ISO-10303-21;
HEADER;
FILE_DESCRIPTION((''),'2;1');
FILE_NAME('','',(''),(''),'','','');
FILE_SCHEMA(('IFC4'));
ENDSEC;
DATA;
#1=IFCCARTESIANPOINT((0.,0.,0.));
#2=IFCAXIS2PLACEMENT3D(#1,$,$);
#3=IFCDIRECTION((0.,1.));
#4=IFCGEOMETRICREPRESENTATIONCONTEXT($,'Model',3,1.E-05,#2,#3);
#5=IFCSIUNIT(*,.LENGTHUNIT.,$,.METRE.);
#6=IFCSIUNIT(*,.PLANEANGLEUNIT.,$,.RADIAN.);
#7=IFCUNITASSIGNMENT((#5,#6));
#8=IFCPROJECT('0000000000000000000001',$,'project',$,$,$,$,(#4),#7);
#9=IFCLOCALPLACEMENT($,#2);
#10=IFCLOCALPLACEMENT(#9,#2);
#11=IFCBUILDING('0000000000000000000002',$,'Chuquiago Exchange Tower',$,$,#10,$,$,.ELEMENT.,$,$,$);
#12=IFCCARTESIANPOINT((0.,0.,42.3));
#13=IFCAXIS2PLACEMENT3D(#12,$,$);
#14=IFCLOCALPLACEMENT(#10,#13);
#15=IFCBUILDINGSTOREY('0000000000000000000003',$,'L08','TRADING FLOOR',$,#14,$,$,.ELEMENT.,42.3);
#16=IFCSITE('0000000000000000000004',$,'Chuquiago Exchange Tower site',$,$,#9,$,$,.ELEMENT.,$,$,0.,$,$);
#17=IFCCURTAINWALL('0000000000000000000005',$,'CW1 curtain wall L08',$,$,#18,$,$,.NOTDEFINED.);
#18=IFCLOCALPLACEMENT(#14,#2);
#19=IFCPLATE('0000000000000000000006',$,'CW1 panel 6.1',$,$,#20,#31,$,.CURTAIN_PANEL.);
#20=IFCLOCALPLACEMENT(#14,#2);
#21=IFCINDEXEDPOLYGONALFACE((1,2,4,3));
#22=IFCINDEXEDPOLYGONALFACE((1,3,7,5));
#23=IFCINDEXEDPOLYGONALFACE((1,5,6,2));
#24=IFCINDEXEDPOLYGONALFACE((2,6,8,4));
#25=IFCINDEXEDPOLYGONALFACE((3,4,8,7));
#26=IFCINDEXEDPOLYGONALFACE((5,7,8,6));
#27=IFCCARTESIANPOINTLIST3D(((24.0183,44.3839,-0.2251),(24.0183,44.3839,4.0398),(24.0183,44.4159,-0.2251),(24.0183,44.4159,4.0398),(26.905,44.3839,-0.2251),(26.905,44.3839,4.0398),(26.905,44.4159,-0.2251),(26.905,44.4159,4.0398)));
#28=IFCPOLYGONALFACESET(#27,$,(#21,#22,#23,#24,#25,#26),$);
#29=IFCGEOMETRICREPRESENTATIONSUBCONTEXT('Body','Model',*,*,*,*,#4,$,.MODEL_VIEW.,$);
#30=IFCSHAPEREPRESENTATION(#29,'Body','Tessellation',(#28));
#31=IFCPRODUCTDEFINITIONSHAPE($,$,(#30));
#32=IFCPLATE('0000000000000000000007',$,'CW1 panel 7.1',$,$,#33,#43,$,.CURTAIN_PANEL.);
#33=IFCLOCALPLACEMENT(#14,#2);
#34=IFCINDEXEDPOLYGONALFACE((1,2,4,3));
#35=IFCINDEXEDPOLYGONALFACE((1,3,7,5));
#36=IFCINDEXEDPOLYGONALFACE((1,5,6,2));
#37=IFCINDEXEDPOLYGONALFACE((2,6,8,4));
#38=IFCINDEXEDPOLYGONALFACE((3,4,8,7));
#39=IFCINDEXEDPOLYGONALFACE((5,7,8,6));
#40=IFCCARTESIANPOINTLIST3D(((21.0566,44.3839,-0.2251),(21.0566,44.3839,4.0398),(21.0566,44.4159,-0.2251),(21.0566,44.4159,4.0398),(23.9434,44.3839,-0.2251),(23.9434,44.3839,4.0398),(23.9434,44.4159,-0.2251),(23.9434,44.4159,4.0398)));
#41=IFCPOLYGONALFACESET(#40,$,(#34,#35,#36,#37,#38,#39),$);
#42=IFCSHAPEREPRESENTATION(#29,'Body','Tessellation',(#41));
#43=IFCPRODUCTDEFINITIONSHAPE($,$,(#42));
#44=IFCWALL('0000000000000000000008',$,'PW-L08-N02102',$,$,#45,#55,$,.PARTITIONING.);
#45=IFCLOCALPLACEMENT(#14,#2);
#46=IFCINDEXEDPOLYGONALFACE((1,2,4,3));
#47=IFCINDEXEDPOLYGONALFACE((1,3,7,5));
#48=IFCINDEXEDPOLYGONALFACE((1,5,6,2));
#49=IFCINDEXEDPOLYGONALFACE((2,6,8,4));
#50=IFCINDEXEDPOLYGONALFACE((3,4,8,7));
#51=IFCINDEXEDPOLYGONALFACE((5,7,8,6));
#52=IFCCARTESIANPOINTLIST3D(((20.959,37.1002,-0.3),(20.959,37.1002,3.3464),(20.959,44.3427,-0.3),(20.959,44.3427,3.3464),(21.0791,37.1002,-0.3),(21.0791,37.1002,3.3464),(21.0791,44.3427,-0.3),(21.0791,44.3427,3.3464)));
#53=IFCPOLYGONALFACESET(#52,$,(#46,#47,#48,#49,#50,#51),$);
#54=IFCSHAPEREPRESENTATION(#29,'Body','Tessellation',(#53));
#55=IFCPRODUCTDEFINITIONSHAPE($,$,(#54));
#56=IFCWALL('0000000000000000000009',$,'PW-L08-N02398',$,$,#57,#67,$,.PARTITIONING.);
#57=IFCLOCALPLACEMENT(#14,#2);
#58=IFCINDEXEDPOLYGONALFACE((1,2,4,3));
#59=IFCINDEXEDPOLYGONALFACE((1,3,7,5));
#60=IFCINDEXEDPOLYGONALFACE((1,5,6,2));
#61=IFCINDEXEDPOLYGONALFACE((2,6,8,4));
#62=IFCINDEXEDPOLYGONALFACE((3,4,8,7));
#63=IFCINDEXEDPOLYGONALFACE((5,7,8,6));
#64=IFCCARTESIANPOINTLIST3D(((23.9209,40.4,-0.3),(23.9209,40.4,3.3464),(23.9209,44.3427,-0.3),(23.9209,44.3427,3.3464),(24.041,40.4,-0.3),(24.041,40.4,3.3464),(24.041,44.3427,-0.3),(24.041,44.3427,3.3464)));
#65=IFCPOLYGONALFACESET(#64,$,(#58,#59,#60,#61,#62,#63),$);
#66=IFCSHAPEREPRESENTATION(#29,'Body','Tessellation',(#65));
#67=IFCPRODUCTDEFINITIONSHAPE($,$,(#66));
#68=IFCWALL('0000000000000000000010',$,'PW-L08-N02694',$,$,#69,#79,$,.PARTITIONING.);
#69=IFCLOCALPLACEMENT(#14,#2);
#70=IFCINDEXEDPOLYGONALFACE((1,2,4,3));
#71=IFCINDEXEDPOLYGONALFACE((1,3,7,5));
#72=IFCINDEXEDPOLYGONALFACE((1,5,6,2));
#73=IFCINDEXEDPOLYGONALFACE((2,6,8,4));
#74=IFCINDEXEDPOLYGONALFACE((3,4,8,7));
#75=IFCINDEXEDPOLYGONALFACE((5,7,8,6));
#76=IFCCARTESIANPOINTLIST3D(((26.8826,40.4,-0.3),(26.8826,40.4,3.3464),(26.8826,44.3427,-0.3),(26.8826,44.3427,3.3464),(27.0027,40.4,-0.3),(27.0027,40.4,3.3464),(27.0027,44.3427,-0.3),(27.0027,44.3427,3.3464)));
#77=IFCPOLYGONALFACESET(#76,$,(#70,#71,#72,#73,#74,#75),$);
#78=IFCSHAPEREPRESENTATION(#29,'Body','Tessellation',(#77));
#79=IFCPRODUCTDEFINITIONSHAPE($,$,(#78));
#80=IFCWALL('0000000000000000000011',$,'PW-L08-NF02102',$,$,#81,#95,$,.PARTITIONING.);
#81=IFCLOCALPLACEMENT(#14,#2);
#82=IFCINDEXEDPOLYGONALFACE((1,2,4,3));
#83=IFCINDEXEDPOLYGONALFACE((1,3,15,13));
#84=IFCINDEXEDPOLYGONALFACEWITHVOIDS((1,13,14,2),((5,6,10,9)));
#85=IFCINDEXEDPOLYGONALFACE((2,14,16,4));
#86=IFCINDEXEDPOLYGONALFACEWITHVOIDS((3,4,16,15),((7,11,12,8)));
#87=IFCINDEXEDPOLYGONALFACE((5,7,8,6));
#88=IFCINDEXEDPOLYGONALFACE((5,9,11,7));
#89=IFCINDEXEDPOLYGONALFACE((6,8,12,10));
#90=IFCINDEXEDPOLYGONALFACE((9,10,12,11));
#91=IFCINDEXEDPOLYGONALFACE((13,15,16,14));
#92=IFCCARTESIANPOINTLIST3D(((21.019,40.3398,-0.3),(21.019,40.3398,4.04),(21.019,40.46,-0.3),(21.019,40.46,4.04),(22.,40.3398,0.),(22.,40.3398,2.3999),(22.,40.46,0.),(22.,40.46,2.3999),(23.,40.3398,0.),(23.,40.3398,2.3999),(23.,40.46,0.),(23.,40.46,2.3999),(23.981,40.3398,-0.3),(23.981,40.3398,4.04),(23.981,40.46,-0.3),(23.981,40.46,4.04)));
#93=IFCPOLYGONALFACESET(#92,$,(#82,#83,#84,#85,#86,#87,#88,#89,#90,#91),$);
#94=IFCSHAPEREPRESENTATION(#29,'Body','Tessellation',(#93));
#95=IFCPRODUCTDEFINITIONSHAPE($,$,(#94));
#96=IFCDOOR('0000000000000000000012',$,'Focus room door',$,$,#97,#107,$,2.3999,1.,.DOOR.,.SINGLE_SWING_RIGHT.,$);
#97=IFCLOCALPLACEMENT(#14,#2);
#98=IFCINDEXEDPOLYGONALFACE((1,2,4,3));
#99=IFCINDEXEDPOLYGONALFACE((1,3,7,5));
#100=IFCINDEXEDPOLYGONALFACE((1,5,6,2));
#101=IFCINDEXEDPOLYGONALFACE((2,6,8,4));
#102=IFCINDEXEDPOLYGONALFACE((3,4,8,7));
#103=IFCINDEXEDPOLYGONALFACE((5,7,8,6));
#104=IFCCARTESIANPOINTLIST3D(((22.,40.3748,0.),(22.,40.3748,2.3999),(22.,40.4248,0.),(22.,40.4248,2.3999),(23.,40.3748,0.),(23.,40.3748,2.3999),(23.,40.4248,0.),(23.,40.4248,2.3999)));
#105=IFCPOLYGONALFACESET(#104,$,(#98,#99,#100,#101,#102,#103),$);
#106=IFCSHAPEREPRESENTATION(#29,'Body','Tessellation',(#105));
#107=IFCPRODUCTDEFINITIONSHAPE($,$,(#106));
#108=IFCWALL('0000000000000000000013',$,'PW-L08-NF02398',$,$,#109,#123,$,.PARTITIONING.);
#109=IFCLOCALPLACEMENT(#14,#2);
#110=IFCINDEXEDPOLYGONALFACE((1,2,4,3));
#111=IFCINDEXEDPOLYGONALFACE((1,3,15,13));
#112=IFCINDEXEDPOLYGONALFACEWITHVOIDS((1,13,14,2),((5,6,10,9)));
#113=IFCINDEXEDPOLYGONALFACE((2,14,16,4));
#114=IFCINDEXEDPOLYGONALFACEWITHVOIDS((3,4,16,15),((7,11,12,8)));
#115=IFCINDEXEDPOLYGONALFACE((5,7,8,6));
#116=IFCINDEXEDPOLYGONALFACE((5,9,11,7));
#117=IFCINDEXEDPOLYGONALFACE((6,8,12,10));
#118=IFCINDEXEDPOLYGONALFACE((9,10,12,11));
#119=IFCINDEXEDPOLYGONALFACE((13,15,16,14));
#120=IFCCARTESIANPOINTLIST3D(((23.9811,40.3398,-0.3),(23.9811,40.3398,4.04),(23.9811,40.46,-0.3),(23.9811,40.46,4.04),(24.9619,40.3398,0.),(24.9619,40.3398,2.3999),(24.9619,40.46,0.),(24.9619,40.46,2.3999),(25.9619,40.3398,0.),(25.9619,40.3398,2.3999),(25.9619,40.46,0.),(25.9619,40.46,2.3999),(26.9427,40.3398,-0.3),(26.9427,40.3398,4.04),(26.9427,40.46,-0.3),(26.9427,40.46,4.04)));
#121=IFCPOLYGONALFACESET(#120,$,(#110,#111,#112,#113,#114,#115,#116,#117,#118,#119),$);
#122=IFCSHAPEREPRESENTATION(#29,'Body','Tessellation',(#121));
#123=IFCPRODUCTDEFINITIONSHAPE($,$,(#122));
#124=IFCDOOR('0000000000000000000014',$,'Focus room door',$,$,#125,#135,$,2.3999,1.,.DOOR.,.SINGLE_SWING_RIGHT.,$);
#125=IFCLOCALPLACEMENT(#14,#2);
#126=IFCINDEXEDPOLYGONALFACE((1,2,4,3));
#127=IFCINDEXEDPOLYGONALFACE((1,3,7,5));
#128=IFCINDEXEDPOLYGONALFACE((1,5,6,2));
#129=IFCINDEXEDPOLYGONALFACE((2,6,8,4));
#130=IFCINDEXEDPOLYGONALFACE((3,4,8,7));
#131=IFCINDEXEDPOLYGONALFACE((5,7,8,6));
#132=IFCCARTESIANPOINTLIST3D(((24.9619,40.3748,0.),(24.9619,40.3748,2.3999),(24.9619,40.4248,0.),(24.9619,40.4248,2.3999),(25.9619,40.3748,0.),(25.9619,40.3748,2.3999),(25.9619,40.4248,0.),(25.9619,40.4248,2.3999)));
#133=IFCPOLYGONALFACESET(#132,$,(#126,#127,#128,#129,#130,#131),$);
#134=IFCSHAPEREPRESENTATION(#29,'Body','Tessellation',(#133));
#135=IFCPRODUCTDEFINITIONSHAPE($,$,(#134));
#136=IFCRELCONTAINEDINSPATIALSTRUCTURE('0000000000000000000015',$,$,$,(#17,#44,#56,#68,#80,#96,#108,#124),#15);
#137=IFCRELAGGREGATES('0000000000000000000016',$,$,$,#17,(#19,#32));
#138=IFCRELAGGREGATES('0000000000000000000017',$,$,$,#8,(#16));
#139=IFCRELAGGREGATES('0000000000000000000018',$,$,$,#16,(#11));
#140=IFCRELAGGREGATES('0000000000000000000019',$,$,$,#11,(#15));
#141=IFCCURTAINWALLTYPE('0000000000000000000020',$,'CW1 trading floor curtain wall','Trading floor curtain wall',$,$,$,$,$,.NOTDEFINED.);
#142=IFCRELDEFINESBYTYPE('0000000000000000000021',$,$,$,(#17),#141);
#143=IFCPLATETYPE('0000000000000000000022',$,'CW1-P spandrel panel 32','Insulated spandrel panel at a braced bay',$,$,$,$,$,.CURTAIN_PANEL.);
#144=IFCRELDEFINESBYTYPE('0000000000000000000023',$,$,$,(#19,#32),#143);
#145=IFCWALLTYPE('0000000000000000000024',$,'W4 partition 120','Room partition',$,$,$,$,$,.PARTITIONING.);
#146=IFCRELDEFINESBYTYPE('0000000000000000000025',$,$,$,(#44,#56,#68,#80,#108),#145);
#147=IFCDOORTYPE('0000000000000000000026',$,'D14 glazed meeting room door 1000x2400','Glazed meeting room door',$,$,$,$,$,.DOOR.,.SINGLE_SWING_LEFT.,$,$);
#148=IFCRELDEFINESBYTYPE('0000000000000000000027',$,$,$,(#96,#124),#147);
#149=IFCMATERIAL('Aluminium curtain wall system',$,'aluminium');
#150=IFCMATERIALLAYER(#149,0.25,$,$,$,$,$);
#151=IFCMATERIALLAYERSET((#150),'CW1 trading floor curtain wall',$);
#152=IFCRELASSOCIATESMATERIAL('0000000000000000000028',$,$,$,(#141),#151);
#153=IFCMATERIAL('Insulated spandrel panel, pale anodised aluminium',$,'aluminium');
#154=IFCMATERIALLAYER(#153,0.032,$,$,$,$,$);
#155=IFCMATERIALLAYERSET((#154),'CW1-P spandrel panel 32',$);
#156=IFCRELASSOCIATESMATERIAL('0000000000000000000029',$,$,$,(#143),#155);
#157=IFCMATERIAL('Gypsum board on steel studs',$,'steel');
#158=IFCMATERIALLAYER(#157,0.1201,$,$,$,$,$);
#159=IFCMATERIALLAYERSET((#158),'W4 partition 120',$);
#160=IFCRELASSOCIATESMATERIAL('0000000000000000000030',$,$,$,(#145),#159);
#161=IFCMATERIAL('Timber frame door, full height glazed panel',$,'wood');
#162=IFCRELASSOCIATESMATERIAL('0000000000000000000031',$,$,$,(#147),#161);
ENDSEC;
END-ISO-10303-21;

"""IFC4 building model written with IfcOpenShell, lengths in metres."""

from ifc_helpers import new_model, si_unit, direction, frame, frame_2d, origin, origin_2d, place, context, subcontext, project, spatial, rectangle, extrude, material, layer, layer_set, type_object, element, fill, aggregate, save


model = new_model("IFC4")

# Units and contexts
model_context = context("Model", 3, precision=1e-05, world=origin(), true_north=direction((0.0, 1.0)))
body_context = subcontext(model_context, "Body", "Model", "MODEL_VIEW")
ifc_project = project(units=[si_unit("LENGTHUNIT", "METRE"), si_unit("PLANEANGLEUNIT", "RADIAN")], contexts=[model_context])

# Site, building, storey
site_placement = place(None, origin())
site = spatial("IfcSite", under=ifc_project, at=site_placement, Name="Chuquiago Exchange Tower site", CompositionType="ELEMENT", RefElevation=0.0)
building_placement = place(site_placement, origin())
building = spatial("IfcBuilding", under=site, at=building_placement, Name="Chuquiago Exchange Tower", CompositionType="ELEMENT")
storey_placement = place(building_placement, frame((0.0, 0.0, 42.3)))
storey = spatial("IfcBuildingStorey", under=building, at=storey_placement, Name="L08", Description="TRADING FLOOR", CompositionType="ELEMENT", Elevation=42.3)

# Curtain wall
ifc_material_1 = material(Name="Aluminium curtain wall system", Category="aluminium")
ifc_layer_1 = layer(ifc_material_1, 0.25)
ifc_layer_set_1 = layer_set([ifc_layer_1], Name="CW1 trading floor curtain wall")
curtain_wall_type = type_object("IfcCurtainWallType", Name="CW1 trading floor curtain wall", Description="Trading floor curtain wall", PredefinedType="NOTDEFINED", material=ifc_layer_set_1)
curtain_wall_placement = place(storey_placement, origin())
curtain_wall = element("IfcCurtainWall", 1, at=curtain_wall_placement, inside=storey, type_object=curtain_wall_type, Name="CW1 curtain wall L08", PredefinedType="NOTDEFINED")

# Plates
ifc_material_2 = material(Name="Insulated spandrel panel, pale anodised aluminium", Category="aluminium")
ifc_layer_2 = layer(ifc_material_2, 0.032)
ifc_layer_set_2 = layer_set([ifc_layer_2], Name="CW1-P spandrel panel 32")
plate_type_1 = type_object("IfcPlateType", Name="CW1-P spandrel panel 32", Description="Insulated spandrel panel at a braced bay", PredefinedType="CURTAIN_PANEL", material=ifc_layer_set_2)
plate_1_placement = place(storey_placement, frame((25.4617, 44.3999, -0.2251), z_axis=(0.0, 0.0, 1.0), x_axis=(-1.0, 0.0, 0.0)))
plate_1 = element("IfcPlate", 2, at=plate_1_placement, type_object=plate_type_1, Name="CW1 panel 6.1", PredefinedType="CURTAIN_PANEL", context=body_context, shape_type="SweptSolid", body=[
    extrude(rectangle(XDim=2.8867, YDim=0.032, at=origin_2d()), origin(), (0.0, 0.0, 1.0), 4.2649),
])
plate_2_placement = place(storey_placement, frame((22.5, 44.3999, -0.2251), z_axis=(0.0, 0.0, 1.0), x_axis=(-1.0, 0.0, 0.0)))
plate_2 = element("IfcPlate", 3, at=plate_2_placement, type_object=plate_type_1, Name="CW1 panel 7.1", PredefinedType="CURTAIN_PANEL", context=body_context, shape_type="SweptSolid", body=[
    extrude(rectangle(XDim=2.8867, YDim=0.032, at=origin_2d()), origin(), (0.0, 0.0, 1.0), 4.2649),
])
aggregate(curtain_wall, [plate_1, plate_2])

# Walls
ifc_material_3 = material(Name="Gypsum board on steel studs", Category="steel")
ifc_layer_3 = layer(ifc_material_3, 0.1201)
ifc_layer_set_3 = layer_set([ifc_layer_3], Name="W4 partition 120")
wall_type = type_object("IfcWallType", Name="W4 partition 120", Description="Room partition", PredefinedType="PARTITIONING", material=ifc_layer_set_3)
wall_1_placement = place(storey_placement, frame((21.019, 44.3425, -0.3), z_axis=(0.0, 0.0, 1.0), x_axis=(0.0, -1.0, 0.0)))
element("IfcWall", 4, at=wall_1_placement, inside=storey, type_object=wall_type, Name="PW-L08-N02102", PredefinedType="PARTITIONING", context=body_context, shape_type="SweptSolid", body=[
    extrude(rectangle(XDim=7.2424, YDim=0.1201, at=frame_2d((3.6211, 0.0))), origin(), (0.0, 0.0, 1.0), 3.6465),
])
for number, where, z_axis, x_axis, name in (
    (5, (23.981, 44.3425, -0.3), (0.0, 0.0, 1.0), (0.0, -1.0, 0.0), "PW-L08-N02398"),
    (6, (26.9426, 44.3425, -0.3), (0.0, 0.0, 1.0), (0.0, -1.0, 0.0), "PW-L08-N02694"),
):
    element("IfcWall", number, at=place(storey_placement, frame(where, z_axis=z_axis, x_axis=x_axis)), inside=storey, type_object=wall_type, Name=name, PredefinedType="PARTITIONING", context=body_context, shape_type="SweptSolid", body=[
        extrude(rectangle(XDim=3.9426, YDim=0.1201, at=frame_2d((1.9712, 0.0))), origin(), (0.0, 0.0, 1.0), 3.6465),
    ])

# Walls, openings, doors
wall_2_placement = place(storey_placement, frame((21.019, 40.3999, -0.3), z_axis=(0.0, 0.0, 1.0), x_axis=(1.0, 0.0, 0.0)))
wall_2 = element("IfcWall", 7, at=wall_2_placement, inside=storey, type_object=wall_type, Name="PW-L08-NF02102", PredefinedType="PARTITIONING", context=body_context, shape_type="SweptSolid", body=[
    extrude(rectangle(XDim=2.9619, YDim=0.1201, at=frame_2d((1.481, 0.0))), origin(), (0.0, 0.0, 1.0), 4.3401),
])
opening_1_placement = place(wall_2_placement, frame((0.981, 0.0, 0.3)))
opening_1 = element("IfcOpeningElement", 8, at=opening_1_placement, cuts=wall_2, PredefinedType="OPENING", context=body_context, shape_type="SweptSolid", body=[
    extrude(rectangle(XDim=1.0, YDim=2.3999, at=frame_2d((0.5, 1.2))), frame((0.0, 0.0701, 0.0), z_axis=(0.0, -1.0, 0.0), x_axis=(1.0, 0.0, 0.0)), (0.0, 0.0, 1.0), 0.1401),
])
ifc_material_4 = material(Name="Timber frame door, full height glazed panel", Category="wood")
door_type = type_object("IfcDoorType", Name="D14 glazed meeting room door 1000x2400", Description="Glazed meeting room door", OperationType="SINGLE_SWING_LEFT", PredefinedType="DOOR", material=ifc_material_4)
door_1_placement = place(opening_1_placement, origin())
door_1 = element("IfcDoor", 9, at=door_1_placement, inside=storey, type_object=door_type, Name="Focus room door", OperationType="SINGLE_SWING_RIGHT", OverallHeight=2.3999, OverallWidth=1.0, PredefinedType="DOOR", context=body_context, shape_type="SweptSolid", body=[
    extrude(rectangle(XDim=1.0, YDim=2.3999, at=frame_2d((0.5, 1.2))), frame((0.0, 0.0249, 0.0), z_axis=(0.0, -1.0, 0.0), x_axis=(1.0, 0.0, 0.0)), (0.0, 0.0, 1.0), 0.05),
])
fill(opening_1, door_1)
wall_3_placement = place(storey_placement, frame((23.981, 40.3999, -0.3), z_axis=(0.0, 0.0, 1.0), x_axis=(1.0, 0.0, 0.0)))
wall_3 = element("IfcWall", 10, at=wall_3_placement, inside=storey, type_object=wall_type, Name="PW-L08-NF02398", PredefinedType="PARTITIONING", context=body_context, shape_type="SweptSolid", body=[
    extrude(rectangle(XDim=2.9617, YDim=0.1201, at=frame_2d((1.481, 0.0))), origin(), (0.0, 0.0, 1.0), 4.3401),
])
opening_2_placement = place(wall_3_placement, frame((0.981, 0.0, 0.3)))
opening_2 = element("IfcOpeningElement", 11, at=opening_2_placement, cuts=wall_3, PredefinedType="OPENING", context=body_context, shape_type="SweptSolid", body=[
    extrude(rectangle(XDim=1.0, YDim=2.3999, at=frame_2d((0.5, 1.2))), frame((0.0, 0.0701, 0.0), z_axis=(0.0, -1.0, 0.0), x_axis=(1.0, 0.0, 0.0)), (0.0, 0.0, 1.0), 0.1401),
])
door_2_placement = place(opening_2_placement, origin())
door_2 = element("IfcDoor", 12, at=door_2_placement, inside=storey, type_object=door_type, Name="Focus room door", OperationType="SINGLE_SWING_RIGHT", OverallHeight=2.3999, OverallWidth=1.0, PredefinedType="DOOR", context=body_context, shape_type="SweptSolid", body=[
    extrude(rectangle(XDim=1.0, YDim=2.3999, at=frame_2d((0.5, 1.2))), frame((0.0, 0.0249, 0.0), z_axis=(0.0, -1.0, 0.0), x_axis=(1.0, 0.0, 0.0)), (0.0, 0.0, 1.0), 0.05),
])
fill(opening_2, door_2)

save(model, "model.ifc")
